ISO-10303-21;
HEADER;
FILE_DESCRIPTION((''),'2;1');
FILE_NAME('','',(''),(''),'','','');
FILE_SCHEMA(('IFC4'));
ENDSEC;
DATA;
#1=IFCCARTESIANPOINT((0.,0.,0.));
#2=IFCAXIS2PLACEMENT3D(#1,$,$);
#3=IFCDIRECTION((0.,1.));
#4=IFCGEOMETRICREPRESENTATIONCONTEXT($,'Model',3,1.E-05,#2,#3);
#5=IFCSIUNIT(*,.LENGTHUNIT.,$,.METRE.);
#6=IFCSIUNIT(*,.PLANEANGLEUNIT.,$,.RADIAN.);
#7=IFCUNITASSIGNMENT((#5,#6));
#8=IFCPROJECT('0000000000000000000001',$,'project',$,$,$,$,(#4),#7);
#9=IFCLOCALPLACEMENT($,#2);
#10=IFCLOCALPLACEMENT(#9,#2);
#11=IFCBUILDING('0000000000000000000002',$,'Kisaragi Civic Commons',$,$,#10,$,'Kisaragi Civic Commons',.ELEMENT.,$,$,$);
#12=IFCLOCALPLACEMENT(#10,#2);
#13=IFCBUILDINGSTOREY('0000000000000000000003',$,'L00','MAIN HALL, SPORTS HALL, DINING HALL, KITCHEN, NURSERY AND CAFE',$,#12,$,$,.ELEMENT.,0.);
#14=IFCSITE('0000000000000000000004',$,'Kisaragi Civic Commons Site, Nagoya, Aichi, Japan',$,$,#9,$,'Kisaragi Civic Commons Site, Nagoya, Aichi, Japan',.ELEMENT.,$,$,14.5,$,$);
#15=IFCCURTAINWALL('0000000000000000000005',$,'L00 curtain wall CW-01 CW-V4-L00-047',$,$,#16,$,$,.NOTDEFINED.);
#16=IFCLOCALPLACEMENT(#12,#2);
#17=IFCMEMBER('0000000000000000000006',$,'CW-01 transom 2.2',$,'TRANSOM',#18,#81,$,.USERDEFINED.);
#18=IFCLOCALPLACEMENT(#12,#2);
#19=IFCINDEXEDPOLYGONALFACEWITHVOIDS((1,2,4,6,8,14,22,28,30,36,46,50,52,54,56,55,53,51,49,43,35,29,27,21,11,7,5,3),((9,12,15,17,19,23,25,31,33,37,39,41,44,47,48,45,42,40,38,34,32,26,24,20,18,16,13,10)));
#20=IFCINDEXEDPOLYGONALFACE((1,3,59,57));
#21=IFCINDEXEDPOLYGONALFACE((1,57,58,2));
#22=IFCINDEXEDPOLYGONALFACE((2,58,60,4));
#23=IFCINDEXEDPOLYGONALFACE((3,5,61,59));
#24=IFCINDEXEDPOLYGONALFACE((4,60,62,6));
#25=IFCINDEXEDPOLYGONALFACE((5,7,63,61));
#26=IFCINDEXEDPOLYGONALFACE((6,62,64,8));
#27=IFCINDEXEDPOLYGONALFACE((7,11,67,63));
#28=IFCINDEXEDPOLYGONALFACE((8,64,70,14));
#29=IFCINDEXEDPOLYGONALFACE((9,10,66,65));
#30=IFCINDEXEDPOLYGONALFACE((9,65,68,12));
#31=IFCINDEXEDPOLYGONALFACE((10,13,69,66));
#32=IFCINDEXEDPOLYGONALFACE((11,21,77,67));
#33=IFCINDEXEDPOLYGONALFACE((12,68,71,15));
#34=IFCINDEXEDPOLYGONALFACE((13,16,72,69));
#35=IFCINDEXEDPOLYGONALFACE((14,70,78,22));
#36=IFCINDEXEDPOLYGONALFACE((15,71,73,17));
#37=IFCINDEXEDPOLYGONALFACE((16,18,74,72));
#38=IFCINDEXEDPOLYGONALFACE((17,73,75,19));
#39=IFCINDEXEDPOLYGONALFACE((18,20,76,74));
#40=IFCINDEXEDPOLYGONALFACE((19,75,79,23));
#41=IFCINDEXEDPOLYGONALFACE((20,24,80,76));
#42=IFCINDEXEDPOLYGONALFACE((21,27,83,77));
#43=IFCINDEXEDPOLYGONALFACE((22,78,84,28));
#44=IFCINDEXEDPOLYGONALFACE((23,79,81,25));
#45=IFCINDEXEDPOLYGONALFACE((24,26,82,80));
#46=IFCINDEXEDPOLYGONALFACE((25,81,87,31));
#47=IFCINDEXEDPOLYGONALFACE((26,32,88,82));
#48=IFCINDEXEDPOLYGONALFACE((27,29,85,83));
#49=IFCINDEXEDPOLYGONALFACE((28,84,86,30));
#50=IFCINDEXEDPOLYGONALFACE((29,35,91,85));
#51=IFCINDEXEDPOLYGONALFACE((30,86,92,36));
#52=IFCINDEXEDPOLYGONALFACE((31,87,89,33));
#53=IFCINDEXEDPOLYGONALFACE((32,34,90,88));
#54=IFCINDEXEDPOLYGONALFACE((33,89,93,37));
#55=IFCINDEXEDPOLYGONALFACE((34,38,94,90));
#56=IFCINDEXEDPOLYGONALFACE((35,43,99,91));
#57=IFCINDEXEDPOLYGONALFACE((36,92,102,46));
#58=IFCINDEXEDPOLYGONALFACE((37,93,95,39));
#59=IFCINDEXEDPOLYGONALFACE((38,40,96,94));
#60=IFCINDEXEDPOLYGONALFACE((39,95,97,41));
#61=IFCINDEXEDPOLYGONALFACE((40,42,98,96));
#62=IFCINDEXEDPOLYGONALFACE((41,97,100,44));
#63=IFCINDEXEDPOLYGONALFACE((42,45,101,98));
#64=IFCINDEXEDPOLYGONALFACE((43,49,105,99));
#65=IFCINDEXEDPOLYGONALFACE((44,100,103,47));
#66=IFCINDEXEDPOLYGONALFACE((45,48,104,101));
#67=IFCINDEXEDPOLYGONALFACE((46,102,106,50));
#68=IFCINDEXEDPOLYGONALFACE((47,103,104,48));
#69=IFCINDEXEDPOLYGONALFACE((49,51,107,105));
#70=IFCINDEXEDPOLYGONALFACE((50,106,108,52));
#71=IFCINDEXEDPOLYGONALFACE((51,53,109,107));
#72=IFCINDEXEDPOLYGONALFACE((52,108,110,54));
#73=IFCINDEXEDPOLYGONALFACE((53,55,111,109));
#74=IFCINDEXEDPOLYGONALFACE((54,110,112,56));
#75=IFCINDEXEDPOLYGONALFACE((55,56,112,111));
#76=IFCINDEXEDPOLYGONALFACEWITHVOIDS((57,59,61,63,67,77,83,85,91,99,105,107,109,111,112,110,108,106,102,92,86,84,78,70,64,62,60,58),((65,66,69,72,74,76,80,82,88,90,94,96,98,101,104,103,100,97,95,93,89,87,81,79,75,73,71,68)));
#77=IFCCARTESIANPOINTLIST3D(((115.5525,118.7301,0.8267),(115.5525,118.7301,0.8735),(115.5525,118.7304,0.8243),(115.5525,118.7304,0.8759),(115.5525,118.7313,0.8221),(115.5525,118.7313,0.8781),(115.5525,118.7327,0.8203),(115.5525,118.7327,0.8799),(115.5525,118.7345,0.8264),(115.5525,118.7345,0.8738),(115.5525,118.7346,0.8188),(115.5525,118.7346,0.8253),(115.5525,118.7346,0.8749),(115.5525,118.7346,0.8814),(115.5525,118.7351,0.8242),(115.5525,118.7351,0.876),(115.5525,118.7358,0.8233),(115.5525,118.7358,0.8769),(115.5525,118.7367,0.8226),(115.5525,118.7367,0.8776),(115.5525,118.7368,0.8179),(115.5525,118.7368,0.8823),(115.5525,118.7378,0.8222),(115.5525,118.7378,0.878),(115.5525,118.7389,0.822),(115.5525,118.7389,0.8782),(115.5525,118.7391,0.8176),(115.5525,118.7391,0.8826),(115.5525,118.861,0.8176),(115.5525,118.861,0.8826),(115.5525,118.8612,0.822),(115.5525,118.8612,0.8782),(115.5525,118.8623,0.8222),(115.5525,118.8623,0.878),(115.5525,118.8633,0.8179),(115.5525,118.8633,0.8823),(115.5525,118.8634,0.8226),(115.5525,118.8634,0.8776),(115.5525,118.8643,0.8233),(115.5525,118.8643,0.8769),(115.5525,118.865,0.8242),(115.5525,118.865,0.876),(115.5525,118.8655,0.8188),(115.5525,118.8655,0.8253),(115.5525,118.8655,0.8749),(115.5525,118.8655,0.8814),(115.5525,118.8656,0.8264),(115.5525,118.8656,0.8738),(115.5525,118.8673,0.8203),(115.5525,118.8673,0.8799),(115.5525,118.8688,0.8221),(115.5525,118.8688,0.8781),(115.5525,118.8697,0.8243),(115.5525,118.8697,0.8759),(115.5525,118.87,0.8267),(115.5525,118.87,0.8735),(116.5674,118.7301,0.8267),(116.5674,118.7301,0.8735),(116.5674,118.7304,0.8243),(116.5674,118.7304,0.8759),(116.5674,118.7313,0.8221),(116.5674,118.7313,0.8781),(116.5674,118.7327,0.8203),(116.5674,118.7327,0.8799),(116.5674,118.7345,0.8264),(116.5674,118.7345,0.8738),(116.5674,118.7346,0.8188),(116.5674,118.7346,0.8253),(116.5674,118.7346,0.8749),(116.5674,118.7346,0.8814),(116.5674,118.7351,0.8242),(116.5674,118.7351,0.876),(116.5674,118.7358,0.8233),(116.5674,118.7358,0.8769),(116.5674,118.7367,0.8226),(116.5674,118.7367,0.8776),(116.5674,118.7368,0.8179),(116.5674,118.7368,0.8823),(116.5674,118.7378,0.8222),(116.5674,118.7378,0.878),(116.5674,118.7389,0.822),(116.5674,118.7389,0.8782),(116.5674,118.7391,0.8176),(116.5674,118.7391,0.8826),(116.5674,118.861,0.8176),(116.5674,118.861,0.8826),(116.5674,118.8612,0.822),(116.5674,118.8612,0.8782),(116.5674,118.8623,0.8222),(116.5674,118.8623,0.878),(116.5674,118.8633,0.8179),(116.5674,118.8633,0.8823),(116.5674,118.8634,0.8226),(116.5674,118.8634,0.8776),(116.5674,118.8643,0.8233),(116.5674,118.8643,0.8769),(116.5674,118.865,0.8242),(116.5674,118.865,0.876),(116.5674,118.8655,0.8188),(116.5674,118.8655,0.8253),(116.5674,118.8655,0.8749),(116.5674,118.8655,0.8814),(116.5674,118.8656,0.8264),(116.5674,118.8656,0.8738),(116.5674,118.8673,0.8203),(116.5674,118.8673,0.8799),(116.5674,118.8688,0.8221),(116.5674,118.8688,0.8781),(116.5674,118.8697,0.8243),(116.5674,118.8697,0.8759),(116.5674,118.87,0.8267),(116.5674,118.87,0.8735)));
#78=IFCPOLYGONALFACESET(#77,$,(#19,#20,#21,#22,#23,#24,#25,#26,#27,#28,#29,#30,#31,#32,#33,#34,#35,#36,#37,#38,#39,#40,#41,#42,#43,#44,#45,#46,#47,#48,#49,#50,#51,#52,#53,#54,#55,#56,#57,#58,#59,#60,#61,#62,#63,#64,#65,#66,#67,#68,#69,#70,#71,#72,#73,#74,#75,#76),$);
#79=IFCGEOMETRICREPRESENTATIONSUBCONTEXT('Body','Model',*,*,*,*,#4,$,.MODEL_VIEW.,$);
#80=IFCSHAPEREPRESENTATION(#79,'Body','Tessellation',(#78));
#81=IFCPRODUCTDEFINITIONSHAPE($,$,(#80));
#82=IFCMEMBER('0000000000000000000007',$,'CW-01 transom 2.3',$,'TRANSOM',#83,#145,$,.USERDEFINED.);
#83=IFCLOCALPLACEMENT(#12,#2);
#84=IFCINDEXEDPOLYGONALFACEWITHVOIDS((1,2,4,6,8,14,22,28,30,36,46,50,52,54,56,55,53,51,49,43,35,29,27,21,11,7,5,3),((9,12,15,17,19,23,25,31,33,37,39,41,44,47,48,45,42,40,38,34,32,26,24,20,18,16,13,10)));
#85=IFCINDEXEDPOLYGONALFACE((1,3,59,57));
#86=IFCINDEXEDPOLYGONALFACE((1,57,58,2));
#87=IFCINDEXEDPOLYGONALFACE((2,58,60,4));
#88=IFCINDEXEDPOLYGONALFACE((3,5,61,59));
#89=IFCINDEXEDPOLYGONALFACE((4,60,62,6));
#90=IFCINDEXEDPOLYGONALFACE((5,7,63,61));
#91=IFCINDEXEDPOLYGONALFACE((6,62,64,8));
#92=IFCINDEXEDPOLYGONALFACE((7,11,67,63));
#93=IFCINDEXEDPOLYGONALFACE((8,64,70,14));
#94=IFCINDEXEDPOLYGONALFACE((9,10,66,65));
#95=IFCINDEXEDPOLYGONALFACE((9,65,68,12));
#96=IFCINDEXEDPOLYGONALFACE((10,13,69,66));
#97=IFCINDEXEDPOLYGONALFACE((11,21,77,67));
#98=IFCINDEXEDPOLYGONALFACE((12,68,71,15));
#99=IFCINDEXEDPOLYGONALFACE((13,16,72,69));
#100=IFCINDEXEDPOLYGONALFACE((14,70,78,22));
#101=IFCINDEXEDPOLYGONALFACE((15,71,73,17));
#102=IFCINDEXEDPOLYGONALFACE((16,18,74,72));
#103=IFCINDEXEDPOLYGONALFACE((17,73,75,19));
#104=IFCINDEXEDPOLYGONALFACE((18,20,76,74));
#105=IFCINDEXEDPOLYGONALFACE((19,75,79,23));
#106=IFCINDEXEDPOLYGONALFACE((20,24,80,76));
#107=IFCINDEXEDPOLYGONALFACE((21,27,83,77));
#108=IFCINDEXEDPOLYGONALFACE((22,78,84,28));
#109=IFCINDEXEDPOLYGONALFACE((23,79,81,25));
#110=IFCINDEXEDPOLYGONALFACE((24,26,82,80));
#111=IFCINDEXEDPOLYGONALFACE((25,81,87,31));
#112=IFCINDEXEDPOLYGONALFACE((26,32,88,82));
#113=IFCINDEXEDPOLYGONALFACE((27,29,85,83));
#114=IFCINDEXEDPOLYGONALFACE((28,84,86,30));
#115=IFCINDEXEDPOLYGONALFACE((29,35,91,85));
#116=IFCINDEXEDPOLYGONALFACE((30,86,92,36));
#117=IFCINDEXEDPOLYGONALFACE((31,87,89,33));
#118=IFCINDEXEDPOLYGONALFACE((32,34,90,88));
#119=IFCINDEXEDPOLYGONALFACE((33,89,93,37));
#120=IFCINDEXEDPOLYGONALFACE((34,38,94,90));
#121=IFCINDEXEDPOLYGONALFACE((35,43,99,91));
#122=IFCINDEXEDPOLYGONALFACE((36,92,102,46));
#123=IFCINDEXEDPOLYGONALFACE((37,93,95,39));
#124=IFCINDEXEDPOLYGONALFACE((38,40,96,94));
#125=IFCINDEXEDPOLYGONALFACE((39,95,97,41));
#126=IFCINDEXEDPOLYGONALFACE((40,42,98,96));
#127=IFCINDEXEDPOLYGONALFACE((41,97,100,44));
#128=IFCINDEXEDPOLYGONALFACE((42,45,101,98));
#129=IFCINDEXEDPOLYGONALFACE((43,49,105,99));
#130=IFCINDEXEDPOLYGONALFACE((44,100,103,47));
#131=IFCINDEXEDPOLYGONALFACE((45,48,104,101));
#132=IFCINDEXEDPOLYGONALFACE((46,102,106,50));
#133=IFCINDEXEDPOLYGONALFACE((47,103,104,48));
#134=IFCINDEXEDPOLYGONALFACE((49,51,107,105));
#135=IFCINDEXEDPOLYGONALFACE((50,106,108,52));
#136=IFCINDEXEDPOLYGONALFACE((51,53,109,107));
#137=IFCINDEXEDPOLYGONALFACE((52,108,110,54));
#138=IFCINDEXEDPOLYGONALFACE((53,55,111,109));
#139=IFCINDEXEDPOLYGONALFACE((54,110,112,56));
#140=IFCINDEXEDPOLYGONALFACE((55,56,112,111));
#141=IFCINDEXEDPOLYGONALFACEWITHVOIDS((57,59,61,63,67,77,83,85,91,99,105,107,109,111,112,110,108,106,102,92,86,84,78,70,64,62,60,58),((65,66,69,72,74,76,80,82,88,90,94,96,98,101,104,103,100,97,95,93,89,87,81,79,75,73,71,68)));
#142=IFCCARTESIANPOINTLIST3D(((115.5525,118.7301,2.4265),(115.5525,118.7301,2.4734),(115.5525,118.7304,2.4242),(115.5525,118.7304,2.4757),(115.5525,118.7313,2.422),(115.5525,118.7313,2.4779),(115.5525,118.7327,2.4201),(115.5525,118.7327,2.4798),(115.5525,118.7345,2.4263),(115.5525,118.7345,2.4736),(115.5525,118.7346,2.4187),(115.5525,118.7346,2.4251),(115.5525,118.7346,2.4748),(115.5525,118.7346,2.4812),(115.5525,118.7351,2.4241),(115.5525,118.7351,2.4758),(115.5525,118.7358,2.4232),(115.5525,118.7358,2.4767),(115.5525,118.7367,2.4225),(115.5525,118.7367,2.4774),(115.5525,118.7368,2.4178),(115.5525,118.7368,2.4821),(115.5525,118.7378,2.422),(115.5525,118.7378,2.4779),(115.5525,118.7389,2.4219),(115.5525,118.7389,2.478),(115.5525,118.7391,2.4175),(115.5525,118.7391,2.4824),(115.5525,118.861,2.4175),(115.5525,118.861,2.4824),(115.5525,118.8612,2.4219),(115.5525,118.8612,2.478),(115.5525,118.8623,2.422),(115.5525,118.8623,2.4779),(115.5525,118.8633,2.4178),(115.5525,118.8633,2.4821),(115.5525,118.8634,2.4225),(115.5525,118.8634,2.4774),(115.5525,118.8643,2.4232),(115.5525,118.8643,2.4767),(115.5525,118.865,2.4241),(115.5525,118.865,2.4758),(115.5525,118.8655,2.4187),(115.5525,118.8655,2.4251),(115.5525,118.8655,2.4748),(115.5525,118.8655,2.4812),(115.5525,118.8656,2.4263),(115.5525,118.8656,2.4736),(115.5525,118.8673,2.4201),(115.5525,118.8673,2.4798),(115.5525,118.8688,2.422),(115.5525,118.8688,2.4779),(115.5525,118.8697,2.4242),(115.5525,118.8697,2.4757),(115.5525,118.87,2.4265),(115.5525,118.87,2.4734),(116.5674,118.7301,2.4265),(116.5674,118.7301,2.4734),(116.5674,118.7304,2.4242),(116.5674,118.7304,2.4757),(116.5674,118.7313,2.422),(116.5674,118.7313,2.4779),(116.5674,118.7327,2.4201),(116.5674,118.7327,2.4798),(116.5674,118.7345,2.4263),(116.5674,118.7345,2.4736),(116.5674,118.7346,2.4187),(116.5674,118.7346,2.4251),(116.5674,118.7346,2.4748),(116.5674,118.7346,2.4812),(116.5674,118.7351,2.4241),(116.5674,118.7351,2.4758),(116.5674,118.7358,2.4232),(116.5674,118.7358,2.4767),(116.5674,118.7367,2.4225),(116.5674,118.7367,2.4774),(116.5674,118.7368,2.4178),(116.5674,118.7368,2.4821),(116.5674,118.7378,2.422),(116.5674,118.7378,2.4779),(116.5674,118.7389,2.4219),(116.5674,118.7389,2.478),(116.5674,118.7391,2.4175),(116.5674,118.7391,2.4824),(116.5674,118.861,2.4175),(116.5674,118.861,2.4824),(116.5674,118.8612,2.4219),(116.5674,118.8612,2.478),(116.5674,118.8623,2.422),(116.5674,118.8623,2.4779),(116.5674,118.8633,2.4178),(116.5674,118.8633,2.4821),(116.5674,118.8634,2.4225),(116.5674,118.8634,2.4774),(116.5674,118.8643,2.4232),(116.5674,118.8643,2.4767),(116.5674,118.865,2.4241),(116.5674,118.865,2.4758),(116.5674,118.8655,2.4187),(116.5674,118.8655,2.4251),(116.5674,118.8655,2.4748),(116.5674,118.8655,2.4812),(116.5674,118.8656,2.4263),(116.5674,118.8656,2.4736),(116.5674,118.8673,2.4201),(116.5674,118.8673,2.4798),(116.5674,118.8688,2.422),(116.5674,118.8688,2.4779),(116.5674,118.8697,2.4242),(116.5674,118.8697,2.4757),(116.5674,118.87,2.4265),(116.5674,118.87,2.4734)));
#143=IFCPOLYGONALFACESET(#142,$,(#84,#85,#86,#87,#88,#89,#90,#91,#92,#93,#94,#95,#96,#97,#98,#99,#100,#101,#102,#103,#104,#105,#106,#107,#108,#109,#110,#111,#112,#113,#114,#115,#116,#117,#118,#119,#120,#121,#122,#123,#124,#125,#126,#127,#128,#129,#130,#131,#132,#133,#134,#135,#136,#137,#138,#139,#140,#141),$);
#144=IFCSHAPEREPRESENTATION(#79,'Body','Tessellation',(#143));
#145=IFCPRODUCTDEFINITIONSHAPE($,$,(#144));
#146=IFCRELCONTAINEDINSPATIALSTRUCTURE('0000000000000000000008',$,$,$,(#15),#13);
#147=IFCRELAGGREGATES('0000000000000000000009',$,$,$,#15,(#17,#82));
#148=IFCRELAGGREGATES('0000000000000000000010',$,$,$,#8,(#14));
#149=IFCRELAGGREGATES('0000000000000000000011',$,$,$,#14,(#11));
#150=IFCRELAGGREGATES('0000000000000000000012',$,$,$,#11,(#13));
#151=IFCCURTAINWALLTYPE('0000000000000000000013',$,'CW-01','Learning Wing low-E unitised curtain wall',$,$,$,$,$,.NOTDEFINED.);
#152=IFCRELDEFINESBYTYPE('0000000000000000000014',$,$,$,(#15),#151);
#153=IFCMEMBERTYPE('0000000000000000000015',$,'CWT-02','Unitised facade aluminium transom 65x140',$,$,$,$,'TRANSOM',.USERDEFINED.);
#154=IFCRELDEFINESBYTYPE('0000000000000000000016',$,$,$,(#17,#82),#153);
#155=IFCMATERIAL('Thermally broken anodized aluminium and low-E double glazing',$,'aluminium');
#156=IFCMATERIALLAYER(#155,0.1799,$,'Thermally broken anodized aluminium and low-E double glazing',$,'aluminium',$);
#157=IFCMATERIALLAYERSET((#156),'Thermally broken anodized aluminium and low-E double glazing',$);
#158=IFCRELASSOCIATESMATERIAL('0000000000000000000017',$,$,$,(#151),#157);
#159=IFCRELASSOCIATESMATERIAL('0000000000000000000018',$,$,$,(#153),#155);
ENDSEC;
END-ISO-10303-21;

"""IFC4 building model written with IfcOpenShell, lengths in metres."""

from ifc_helpers import new_model, si_unit, direction, frame, origin, origin_2d, place, context, subcontext, project, spatial, hollow_rectangle, extrude, material, layer, layer_set, material_profile, profile_set, type_object, element, aggregate, save


model = new_model("IFC4")

# Units and contexts
model_context = context("Model", 3, precision=1e-05, world=origin(), true_north=direction((0.0, 1.0)))
body_context = subcontext(model_context, "Body", "Model", "MODEL_VIEW")
ifc_project = project(units=[si_unit("LENGTHUNIT", "METRE"), si_unit("PLANEANGLEUNIT", "RADIAN")], contexts=[model_context])

# Site, building, storey
site_placement = place(None, origin())
site = spatial("IfcSite", under=ifc_project, at=site_placement, Name="Kisaragi Civic Commons Site, Nagoya, Aichi, Japan", LongName="Kisaragi Civic Commons Site, Nagoya, Aichi, Japan", CompositionType="ELEMENT", RefElevation=14.5)
building_placement = place(site_placement, origin())
building = spatial("IfcBuilding", under=site, at=building_placement, Name="Kisaragi Civic Commons", LongName="Kisaragi Civic Commons", CompositionType="ELEMENT")
storey_placement = place(building_placement, origin())
storey = spatial("IfcBuildingStorey", under=building, at=storey_placement, Name="L00", Description="MAIN HALL, SPORTS HALL, DINING HALL, KITCHEN, NURSERY AND CAFE", CompositionType="ELEMENT", Elevation=0.0)

# Curtain wall, members
ifc_material_1 = material(Name="Thermally broken anodized aluminium and low-E double glazing", Category="aluminium")
ifc_layer_1 = layer(ifc_material_1, 0.1799, Name="Thermally broken anodized aluminium and low-E double glazing", Category="aluminium")
ifc_layer_set_1 = layer_set([ifc_layer_1], Name="Thermally broken anodized aluminium and low-E double glazing")
curtain_wall_type = type_object("IfcCurtainWallType", Name="CW-01", Description="Learning Wing low-E unitised curtain wall", PredefinedType="NOTDEFINED", material=ifc_layer_set_1)
curtain_wall_placement = place(storey_placement, origin())
curtain_wall = element("IfcCurtainWall", 1, at=curtain_wall_placement, inside=storey, type_object=curtain_wall_type, Name="L00 curtain wall CW-01 CW-V4-L00-047", PredefinedType="NOTDEFINED")
ifc_material_profile_1 = material_profile(ifc_material_1, hollow_rectangle(XDim=0.1399, YDim=0.0649, WallThickness=0.0044, InnerFilletRadius=0.0044, OuterFilletRadius=0.009, at=origin_2d()), Name="CWT-65x140x4.5", Category="aluminium")
ifc_profile_set_1 = profile_set([ifc_material_profile_1], Name="Thermally broken anodized aluminium and low-E double glazing")
member_type_1 = type_object("IfcMemberType", Name="CWT-02", Description="Unitised facade aluminium transom 65x140", ElementType="TRANSOM", PredefinedType="USERDEFINED", material=ifc_profile_set_1)
member_1_placement = place(storey_placement, frame((115.5525, 118.8, 0.8501), z_axis=(1.0, 0.0, 0.0), x_axis=(0.0, 1.0, 0.0)))
member_1 = element("IfcMember", 2, at=member_1_placement, type_object=member_type_1, Name="CW-01 transom 2.2", ObjectType="TRANSOM", PredefinedType="USERDEFINED", context=body_context, shape_type="SweptSolid", body=[
    extrude(hollow_rectangle(XDim=0.1399, YDim=0.0649, WallThickness=0.0044, InnerFilletRadius=0.0044, OuterFilletRadius=0.009, at=origin_2d()), origin(), (0.0, 0.0, 1.0), 1.0149),
])
member_2_placement = place(storey_placement, frame((115.5525, 118.8, 2.45), z_axis=(1.0, 0.0, 0.0), x_axis=(0.0, 1.0, 0.0)))
member_2 = element("IfcMember", 3, at=member_2_placement, type_object=member_type_1, Name="CW-01 transom 2.3", ObjectType="TRANSOM", PredefinedType="USERDEFINED", context=body_context, shape_type="SweptSolid", body=[
    extrude(hollow_rectangle(XDim=0.1399, YDim=0.0649, WallThickness=0.0044, InnerFilletRadius=0.0044, OuterFilletRadius=0.009, at=origin_2d()), origin(), (0.0, 0.0, 1.0), 1.0149),
])
aggregate(curtain_wall, [member_1, member_2])

save(model, "model.ifc")
